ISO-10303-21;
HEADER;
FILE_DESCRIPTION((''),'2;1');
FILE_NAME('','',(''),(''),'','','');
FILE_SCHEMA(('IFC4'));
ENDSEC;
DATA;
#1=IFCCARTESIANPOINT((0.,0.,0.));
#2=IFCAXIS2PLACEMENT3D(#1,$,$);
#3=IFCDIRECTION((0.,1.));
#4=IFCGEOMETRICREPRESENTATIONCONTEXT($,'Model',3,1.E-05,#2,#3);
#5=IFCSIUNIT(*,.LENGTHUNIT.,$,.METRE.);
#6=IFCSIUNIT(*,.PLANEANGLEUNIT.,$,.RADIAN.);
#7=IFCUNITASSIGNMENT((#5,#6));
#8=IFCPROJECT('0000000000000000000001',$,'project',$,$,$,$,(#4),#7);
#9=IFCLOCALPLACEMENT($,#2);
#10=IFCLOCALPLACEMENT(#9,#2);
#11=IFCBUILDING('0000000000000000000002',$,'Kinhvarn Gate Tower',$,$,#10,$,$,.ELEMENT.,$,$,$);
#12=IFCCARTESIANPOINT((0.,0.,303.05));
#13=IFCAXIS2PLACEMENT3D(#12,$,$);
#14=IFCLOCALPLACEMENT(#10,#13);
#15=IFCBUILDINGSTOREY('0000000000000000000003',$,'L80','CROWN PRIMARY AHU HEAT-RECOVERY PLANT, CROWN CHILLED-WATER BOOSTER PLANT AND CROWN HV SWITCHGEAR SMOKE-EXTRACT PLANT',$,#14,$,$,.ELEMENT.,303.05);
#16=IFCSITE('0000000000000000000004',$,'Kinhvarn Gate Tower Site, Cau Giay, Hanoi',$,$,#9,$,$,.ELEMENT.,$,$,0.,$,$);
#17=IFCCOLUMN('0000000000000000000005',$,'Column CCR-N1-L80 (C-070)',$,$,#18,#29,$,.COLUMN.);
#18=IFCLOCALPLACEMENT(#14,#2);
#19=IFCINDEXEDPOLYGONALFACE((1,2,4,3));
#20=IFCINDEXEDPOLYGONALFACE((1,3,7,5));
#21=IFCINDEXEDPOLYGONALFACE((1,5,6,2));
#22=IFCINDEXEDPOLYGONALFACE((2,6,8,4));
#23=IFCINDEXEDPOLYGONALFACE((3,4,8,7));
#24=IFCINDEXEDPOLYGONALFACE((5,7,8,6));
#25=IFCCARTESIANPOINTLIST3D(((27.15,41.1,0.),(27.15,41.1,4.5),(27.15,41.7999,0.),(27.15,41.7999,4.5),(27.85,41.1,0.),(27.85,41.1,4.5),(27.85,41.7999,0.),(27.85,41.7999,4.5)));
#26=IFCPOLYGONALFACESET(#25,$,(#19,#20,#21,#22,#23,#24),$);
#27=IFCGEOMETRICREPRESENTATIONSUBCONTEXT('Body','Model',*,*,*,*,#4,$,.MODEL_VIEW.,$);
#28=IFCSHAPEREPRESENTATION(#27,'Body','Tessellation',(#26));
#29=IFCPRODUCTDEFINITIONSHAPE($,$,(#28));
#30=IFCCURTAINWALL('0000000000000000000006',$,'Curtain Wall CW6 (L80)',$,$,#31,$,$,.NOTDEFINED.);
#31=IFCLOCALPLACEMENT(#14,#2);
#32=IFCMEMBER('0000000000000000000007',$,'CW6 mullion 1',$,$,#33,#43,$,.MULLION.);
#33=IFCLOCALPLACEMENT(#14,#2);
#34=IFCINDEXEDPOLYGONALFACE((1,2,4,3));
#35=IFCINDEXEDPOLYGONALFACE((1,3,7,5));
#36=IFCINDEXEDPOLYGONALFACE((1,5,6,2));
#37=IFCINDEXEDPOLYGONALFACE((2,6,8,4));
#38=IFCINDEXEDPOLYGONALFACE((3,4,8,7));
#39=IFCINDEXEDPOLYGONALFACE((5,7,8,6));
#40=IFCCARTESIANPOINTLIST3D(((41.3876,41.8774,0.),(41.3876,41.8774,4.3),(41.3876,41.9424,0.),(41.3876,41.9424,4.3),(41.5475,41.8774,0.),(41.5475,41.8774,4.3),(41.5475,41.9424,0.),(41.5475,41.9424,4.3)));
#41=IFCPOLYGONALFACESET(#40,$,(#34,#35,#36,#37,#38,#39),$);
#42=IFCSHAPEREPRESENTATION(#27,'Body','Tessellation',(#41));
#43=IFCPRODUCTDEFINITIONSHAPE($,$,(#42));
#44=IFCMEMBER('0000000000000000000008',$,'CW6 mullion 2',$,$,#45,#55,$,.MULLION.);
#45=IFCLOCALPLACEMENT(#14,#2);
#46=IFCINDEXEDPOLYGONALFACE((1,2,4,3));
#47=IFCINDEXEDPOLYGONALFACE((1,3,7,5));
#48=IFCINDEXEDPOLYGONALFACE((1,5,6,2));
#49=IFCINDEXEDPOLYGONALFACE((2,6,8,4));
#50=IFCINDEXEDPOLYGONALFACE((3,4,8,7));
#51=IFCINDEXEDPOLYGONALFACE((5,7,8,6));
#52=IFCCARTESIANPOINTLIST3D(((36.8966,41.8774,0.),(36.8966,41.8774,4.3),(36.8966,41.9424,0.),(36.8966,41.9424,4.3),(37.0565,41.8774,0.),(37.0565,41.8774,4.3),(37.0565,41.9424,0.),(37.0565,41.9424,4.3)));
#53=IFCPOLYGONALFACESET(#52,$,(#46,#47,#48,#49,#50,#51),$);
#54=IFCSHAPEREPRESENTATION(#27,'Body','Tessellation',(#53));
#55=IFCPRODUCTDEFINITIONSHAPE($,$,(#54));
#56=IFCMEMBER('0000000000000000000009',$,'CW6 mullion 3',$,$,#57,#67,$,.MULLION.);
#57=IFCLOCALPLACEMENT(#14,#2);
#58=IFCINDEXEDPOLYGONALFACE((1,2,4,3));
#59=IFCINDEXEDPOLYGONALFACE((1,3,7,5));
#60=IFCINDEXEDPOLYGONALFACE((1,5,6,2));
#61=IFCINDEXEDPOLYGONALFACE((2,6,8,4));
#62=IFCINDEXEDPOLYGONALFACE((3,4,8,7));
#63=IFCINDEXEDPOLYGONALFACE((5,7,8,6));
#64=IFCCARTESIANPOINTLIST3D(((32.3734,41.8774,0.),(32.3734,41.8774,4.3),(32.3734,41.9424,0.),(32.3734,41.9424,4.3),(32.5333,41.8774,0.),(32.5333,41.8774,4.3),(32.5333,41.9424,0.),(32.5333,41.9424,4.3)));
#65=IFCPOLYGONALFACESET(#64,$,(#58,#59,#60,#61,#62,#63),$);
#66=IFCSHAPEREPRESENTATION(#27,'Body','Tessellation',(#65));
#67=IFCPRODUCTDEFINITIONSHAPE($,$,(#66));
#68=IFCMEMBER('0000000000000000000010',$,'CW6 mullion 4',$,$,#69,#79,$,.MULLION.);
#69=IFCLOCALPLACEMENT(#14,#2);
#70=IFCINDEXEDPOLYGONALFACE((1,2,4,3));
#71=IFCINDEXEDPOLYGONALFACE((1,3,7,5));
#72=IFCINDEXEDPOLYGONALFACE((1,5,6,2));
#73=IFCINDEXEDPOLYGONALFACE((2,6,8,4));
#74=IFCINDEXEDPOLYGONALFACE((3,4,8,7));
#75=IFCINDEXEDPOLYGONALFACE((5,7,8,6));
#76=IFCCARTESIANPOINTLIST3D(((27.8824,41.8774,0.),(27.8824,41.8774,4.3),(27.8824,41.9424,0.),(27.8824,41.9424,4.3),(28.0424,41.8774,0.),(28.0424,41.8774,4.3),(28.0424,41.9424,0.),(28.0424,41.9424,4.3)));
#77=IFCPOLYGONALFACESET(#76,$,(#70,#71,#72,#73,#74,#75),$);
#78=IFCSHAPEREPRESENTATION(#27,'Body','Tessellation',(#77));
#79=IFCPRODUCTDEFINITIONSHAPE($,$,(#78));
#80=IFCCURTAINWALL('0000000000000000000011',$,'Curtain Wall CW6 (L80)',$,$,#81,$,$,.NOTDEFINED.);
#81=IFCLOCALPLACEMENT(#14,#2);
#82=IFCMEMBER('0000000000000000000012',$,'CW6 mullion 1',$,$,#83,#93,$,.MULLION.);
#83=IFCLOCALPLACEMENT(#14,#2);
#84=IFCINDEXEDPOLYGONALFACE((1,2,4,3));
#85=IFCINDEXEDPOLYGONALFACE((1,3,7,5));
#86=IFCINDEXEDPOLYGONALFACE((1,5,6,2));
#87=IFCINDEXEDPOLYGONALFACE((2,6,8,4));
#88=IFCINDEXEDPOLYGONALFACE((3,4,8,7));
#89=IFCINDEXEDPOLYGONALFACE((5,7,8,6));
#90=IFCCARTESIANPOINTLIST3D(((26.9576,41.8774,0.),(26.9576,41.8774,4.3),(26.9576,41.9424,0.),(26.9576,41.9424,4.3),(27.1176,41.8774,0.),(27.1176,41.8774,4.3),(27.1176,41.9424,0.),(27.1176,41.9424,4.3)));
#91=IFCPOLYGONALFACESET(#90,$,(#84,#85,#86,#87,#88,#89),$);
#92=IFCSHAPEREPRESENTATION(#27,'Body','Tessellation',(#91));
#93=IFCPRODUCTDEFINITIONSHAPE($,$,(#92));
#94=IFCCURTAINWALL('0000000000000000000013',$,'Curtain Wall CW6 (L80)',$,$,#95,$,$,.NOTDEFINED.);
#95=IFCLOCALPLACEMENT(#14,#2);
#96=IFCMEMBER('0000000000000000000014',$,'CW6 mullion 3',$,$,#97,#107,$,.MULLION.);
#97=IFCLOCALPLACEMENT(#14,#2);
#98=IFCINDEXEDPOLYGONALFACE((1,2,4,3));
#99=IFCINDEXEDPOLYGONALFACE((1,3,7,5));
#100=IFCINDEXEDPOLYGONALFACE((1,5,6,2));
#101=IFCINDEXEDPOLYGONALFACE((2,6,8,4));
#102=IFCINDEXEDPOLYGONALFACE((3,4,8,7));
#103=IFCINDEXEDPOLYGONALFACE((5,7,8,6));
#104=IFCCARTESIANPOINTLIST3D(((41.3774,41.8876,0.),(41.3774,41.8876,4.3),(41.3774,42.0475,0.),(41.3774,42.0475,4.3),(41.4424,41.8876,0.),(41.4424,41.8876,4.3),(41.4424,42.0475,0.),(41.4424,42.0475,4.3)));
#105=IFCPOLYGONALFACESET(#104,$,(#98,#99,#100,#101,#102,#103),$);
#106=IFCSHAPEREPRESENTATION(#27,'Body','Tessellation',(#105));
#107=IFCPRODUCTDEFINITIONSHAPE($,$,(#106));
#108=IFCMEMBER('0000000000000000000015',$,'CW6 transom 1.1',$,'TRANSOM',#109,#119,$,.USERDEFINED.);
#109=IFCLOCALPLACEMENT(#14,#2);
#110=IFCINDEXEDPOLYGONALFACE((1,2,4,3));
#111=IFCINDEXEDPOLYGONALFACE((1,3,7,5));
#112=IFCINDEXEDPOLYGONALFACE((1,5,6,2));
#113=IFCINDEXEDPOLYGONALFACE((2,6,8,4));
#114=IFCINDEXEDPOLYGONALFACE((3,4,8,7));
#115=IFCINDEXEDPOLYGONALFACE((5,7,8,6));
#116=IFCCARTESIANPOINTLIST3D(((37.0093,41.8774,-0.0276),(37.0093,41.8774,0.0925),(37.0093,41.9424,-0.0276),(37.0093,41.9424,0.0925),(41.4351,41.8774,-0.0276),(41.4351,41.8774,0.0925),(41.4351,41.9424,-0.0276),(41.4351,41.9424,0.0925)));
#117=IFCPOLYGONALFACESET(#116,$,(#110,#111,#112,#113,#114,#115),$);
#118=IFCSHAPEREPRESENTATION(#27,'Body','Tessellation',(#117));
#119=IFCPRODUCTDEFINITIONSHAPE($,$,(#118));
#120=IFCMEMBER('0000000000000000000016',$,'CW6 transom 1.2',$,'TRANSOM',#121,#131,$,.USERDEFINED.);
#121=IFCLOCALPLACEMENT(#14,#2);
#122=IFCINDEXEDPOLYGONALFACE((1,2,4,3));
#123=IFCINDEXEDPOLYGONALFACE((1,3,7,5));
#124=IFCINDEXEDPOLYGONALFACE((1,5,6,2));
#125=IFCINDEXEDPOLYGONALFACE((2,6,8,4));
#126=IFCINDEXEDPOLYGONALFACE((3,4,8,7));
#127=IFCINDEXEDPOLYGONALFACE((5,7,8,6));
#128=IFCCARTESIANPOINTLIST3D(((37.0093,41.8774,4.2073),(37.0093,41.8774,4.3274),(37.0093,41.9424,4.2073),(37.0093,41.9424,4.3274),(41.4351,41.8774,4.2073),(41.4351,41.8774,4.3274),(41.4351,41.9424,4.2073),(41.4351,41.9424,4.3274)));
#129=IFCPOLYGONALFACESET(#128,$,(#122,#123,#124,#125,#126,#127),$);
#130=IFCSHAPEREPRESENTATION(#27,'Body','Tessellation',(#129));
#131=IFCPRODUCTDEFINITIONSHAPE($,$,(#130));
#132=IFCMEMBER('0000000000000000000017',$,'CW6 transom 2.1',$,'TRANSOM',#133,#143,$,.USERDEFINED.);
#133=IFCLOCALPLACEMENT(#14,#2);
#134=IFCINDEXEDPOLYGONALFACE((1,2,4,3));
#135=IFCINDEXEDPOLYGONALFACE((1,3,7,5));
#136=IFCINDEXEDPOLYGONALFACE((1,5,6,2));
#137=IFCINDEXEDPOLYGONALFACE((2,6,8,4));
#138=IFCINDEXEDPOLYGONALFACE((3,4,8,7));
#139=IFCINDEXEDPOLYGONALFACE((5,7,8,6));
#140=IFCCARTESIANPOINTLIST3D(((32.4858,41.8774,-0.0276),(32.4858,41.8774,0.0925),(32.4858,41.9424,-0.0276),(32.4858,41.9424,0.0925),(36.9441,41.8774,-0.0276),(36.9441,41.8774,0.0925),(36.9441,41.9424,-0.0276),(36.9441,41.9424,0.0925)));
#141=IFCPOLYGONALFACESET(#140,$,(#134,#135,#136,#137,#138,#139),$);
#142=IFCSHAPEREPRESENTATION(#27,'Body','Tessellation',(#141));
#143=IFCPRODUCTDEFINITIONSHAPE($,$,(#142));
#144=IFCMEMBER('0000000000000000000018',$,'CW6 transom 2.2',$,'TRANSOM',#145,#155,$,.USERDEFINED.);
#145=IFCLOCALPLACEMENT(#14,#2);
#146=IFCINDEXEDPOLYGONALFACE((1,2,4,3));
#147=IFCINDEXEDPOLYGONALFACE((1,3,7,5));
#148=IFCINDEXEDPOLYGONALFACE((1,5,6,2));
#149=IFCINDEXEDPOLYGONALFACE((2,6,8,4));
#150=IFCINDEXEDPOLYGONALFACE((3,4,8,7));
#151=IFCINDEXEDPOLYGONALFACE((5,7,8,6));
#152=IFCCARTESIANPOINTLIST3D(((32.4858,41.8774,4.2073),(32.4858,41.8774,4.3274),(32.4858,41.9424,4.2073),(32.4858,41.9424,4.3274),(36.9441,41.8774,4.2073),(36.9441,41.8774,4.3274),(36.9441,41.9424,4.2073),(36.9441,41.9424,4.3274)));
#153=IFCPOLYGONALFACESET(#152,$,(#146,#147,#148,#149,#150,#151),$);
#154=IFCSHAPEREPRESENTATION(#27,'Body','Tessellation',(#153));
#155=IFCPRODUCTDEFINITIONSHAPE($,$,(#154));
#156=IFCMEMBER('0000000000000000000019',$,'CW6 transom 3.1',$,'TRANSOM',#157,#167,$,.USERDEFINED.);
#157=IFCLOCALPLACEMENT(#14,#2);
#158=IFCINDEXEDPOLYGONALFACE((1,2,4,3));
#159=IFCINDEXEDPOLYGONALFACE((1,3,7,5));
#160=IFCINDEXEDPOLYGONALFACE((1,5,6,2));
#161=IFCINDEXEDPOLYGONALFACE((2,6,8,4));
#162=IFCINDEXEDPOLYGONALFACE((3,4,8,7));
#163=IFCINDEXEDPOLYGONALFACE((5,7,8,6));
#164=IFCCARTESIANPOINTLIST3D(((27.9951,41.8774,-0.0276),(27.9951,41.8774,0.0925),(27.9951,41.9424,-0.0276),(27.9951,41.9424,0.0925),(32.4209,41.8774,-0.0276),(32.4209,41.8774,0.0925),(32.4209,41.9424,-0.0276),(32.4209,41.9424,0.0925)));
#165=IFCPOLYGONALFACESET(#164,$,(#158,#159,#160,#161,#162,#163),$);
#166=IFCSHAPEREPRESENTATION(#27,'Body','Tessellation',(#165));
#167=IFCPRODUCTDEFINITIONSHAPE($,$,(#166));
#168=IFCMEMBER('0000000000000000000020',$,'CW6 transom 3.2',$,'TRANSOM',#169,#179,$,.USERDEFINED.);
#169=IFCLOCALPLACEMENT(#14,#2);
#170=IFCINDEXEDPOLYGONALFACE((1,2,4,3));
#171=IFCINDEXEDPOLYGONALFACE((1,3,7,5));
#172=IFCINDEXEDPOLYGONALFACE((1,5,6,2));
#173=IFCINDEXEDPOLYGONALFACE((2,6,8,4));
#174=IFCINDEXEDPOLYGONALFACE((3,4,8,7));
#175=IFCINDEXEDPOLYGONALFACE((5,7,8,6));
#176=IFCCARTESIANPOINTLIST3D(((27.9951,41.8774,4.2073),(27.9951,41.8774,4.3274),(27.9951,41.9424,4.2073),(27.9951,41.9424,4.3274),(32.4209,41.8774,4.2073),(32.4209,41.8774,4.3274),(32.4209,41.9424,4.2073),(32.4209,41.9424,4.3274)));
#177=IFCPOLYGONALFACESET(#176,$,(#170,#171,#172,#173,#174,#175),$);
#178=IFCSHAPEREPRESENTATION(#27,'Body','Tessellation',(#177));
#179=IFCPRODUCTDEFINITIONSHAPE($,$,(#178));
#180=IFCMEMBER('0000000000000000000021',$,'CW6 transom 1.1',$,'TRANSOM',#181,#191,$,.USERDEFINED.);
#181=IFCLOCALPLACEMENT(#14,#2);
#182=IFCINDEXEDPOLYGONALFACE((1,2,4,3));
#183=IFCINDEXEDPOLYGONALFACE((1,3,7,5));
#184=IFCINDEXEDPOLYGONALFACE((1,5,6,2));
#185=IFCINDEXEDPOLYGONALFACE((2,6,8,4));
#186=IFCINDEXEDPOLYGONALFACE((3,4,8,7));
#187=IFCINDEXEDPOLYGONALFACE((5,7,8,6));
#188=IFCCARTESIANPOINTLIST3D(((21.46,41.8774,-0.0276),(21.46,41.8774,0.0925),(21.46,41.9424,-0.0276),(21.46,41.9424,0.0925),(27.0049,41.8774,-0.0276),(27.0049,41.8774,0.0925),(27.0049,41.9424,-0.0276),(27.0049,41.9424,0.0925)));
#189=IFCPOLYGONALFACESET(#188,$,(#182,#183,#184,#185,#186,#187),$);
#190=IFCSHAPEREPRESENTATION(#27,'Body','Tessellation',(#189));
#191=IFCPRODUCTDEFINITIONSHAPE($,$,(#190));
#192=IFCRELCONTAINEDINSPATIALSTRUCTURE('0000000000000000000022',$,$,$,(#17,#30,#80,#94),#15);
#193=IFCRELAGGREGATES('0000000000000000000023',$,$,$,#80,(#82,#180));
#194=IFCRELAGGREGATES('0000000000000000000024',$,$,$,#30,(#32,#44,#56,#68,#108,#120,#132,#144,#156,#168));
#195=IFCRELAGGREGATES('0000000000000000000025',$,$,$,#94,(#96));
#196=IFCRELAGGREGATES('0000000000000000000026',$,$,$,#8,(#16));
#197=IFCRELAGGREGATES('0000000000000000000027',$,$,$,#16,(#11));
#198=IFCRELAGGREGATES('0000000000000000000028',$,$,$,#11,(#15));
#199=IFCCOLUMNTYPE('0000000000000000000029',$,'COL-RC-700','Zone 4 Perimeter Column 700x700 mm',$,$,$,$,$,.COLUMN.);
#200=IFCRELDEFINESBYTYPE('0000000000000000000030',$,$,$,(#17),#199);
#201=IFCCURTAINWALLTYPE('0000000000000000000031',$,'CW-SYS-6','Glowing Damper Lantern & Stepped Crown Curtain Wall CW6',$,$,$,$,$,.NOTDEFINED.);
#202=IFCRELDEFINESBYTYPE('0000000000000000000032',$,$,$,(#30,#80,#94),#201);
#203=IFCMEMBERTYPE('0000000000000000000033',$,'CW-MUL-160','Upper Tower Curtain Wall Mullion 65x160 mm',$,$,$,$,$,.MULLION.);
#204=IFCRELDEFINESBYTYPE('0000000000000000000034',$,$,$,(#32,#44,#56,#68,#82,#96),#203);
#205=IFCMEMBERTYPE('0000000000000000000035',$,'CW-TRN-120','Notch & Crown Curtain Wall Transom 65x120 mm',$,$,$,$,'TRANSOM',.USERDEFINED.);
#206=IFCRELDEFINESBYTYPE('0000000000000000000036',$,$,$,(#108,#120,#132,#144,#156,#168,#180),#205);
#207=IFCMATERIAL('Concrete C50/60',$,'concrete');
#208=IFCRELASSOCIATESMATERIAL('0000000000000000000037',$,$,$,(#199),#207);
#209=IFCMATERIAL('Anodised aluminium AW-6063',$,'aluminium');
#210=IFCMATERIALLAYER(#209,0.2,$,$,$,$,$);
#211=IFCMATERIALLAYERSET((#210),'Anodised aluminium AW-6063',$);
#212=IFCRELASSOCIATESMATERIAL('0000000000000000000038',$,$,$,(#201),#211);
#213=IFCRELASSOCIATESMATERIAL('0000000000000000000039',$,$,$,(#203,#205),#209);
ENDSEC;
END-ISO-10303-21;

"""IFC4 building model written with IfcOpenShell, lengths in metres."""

from ifc_helpers import new_model, si_unit, direction, frame, origin, origin_2d, place, context, subcontext, project, spatial, rectangle, extrude, material, layer, layer_set, material_profile, profile_set, type_object, element, aggregate, save


model = new_model("IFC4")

# Units and contexts
model_context = context("Model", 3, precision=1e-05, world=origin(), true_north=direction((0.0, 1.0)))
body_context = subcontext(model_context, "Body", "Model", "MODEL_VIEW")
ifc_project = project(units=[si_unit("LENGTHUNIT", "METRE"), si_unit("PLANEANGLEUNIT", "RADIAN")], contexts=[model_context])

# Site, building, storey
site_placement = place(None, origin())
site = spatial("IfcSite", under=ifc_project, at=site_placement, Name="Kinhvarn Gate Tower Site, Cau Giay, Hanoi", CompositionType="ELEMENT", RefElevation=0.0)
building_placement = place(site_placement, origin())
building = spatial("IfcBuilding", under=site, at=building_placement, Name="Kinhvarn Gate Tower", CompositionType="ELEMENT")
storey_placement = place(building_placement, frame((0.0, 0.0, 303.05)))
storey = spatial("IfcBuildingStorey", under=building, at=storey_placement, Name="L80", Description="CROWN PRIMARY AHU HEAT-RECOVERY PLANT, CROWN CHILLED-WATER BOOSTER PLANT AND CROWN HV SWITCHGEAR SMOKE-EXTRACT PLANT", CompositionType="ELEMENT", Elevation=303.05)

# Column
ifc_material_1 = material(Name="Concrete C50/60", Category="concrete")
ifc_material_profile_1 = material_profile(ifc_material_1, rectangle(XDim=0.7, YDim=0.7, at=origin_2d()), Name="RC 700x700")
ifc_profile_set_1 = profile_set([ifc_material_profile_1], Name="Concrete C50/60")
column_type = type_object("IfcColumnType", Name="COL-RC-700", Description="Zone 4 Perimeter Column 700x700 mm", PredefinedType="COLUMN", material=ifc_profile_set_1)
column_placement = place(storey_placement, frame((27.5, 41.45, 0.0), z_axis=(0.0, 0.0, 1.0), x_axis=(1.0, 0.0, 0.0)))
element("IfcColumn", 1, at=column_placement, inside=storey, type_object=column_type, Name="Column CCR-N1-L80 (C-070)", PredefinedType="COLUMN", context=body_context, shape_type="SweptSolid", body=[
    extrude(rectangle(XDim=0.7, YDim=0.7, at=origin_2d()), origin(), (0.0, 0.0, 1.0), 4.5),
])

# Curtain wall, members
ifc_material_2 = material(Name="Anodised aluminium AW-6063", Category="aluminium")
ifc_layer_1 = layer(ifc_material_2, 0.2)
ifc_layer_set_1 = layer_set([ifc_layer_1], Name="Anodised aluminium AW-6063")
curtain_wall_type = type_object("IfcCurtainWallType", Name="CW-SYS-6", Description="Glowing Damper Lantern & Stepped Crown Curtain Wall CW6", PredefinedType="NOTDEFINED", material=ifc_layer_set_1)
curtain_wall_1_placement = place(storey_placement, origin())
curtain_wall_1 = element("IfcCurtainWall", 2, at=curtain_wall_1_placement, inside=storey, type_object=curtain_wall_type, Name="Curtain Wall CW6 (L80)", PredefinedType="NOTDEFINED")
ifc_material_profile_2 = material_profile(ifc_material_2, rectangle(XDim=0.0649, YDim=0.1599, at=origin_2d()), Name="ALU 65x160")
ifc_profile_set_2 = profile_set([ifc_material_profile_2], Name="Anodised aluminium AW-6063")
member_type_1 = type_object("IfcMemberType", Name="CW-MUL-160", Description="Upper Tower Curtain Wall Mullion 65x160 mm", PredefinedType="MULLION", material=ifc_profile_set_2)
member_1_placement = place(storey_placement, frame((41.4675, 41.9099, 0.0), z_axis=(0.0, 0.0, 1.0), x_axis=(0.0, -1.0, 0.0)))
member_1 = element("IfcMember", 3, at=member_1_placement, type_object=member_type_1, Name="CW6 mullion 1", PredefinedType="MULLION", context=body_context, shape_type="SweptSolid", body=[
    extrude(rectangle(XDim=0.0649, YDim=0.1599, at=origin_2d()), origin(), (0.0, 0.0, 1.0), 4.3),
])
member_2_placement = place(storey_placement, frame((36.9766, 41.9099, 0.0), z_axis=(0.0, 0.0, 1.0), x_axis=(0.0, -1.0, 0.0)))
member_2 = element("IfcMember", 4, at=member_2_placement, type_object=member_type_1, Name="CW6 mullion 2", PredefinedType="MULLION", context=body_context, shape_type="SweptSolid", body=[
    extrude(rectangle(XDim=0.0649, YDim=0.1599, at=origin_2d()), origin(), (0.0, 0.0, 1.0), 4.3),
])
member_3_placement = place(storey_placement, frame((32.4534, 41.9099, 0.0), z_axis=(0.0, 0.0, 1.0), x_axis=(0.0, -1.0, 0.0)))
member_3 = element("IfcMember", 5, at=member_3_placement, type_object=member_type_1, Name="CW6 mullion 3", PredefinedType="MULLION", context=body_context, shape_type="SweptSolid", body=[
    extrude(rectangle(XDim=0.0649, YDim=0.1599, at=origin_2d()), origin(), (0.0, 0.0, 1.0), 4.3),
])
member_4_placement = place(storey_placement, frame((27.9624, 41.9099, 0.0), z_axis=(0.0, 0.0, 1.0), x_axis=(0.0, -1.0, 0.0)))
member_4 = element("IfcMember", 6, at=member_4_placement, type_object=member_type_1, Name="CW6 mullion 4", PredefinedType="MULLION", context=body_context, shape_type="SweptSolid", body=[
    extrude(rectangle(XDim=0.0649, YDim=0.1599, at=origin_2d()), origin(), (0.0, 0.0, 1.0), 4.3),
])

# Curtain walls, members
curtain_wall_2_placement = place(storey_placement, origin())
curtain_wall_2 = element("IfcCurtainWall", 7, at=curtain_wall_2_placement, inside=storey, type_object=curtain_wall_type, Name="Curtain Wall CW6 (L80)", PredefinedType="NOTDEFINED")
member_5_placement = place(storey_placement, frame((27.0376, 41.9099, 0.0), z_axis=(0.0, 0.0, 1.0), x_axis=(0.0, -1.0, 0.0)))
member_5 = element("IfcMember", 8, at=member_5_placement, type_object=member_type_1, Name="CW6 mullion 1", PredefinedType="MULLION", context=body_context, shape_type="SweptSolid", body=[
    extrude(rectangle(XDim=0.0649, YDim=0.1599, at=origin_2d()), origin(), (0.0, 0.0, 1.0), 4.3),
])
curtain_wall_3_placement = place(storey_placement, origin())
curtain_wall_3 = element("IfcCurtainWall", 9, at=curtain_wall_3_placement, inside=storey, type_object=curtain_wall_type, Name="Curtain Wall CW6 (L80)", PredefinedType="NOTDEFINED")
member_6_placement = place(storey_placement, frame((41.4099, 41.9675, 0.0), z_axis=(0.0, 0.0, 1.0), x_axis=(-1.0, 0.0, 0.0)))
member_6 = element("IfcMember", 10, at=member_6_placement, type_object=member_type_1, Name="CW6 mullion 3", PredefinedType="MULLION", context=body_context, shape_type="SweptSolid", body=[
    extrude(rectangle(XDim=0.0649, YDim=0.1599, at=origin_2d()), origin(), (0.0, 0.0, 1.0), 4.3),
])

# Members
ifc_material_profile_3 = material_profile(ifc_material_2, rectangle(XDim=0.0649, YDim=0.1201, at=origin_2d()), Name="ALU 65x120")
ifc_profile_set_3 = profile_set([ifc_material_profile_3], Name="Anodised aluminium AW-6063")
member_type_2 = type_object("IfcMemberType", Name="CW-TRN-120", Description="Notch & Crown Curtain Wall Transom 65x120 mm", ElementType="TRANSOM", PredefinedType="USERDEFINED", material=ifc_profile_set_3)
member_7_placement = place(storey_placement, frame((41.4351, 41.9099, 0.0325), z_axis=(-1.0, 0.0, 0.0), x_axis=(0.0, -1.0, 0.0)))
member_7 = element("IfcMember", 11, at=member_7_placement, type_object=member_type_2, Name="CW6 transom 1.1", ObjectType="TRANSOM", PredefinedType="USERDEFINED", context=body_context, shape_type="SweptSolid", body=[
    extrude(rectangle(XDim=0.0649, YDim=0.1201, at=origin_2d()), origin(), (0.0, 0.0, 1.0), 4.4258),
])
member_8_placement = place(storey_placement, frame((41.4351, 41.9099, 4.2673), z_axis=(-1.0, 0.0, 0.0), x_axis=(0.0, -1.0, 0.0)))
member_8 = element("IfcMember", 12, at=member_8_placement, type_object=member_type_2, Name="CW6 transom 1.2", ObjectType="TRANSOM", PredefinedType="USERDEFINED", context=body_context, shape_type="SweptSolid", body=[
    extrude(rectangle(XDim=0.0649, YDim=0.1201, at=origin_2d()), origin(), (0.0, 0.0, 1.0), 4.4258),
])
member_9_placement = place(storey_placement, frame((36.9441, 41.9099, 0.0325), z_axis=(-1.0, 0.0, 0.0), x_axis=(0.0, -1.0, 0.0)))
member_9 = element("IfcMember", 13, at=member_9_placement, type_object=member_type_2, Name="CW6 transom 2.1", ObjectType="TRANSOM", PredefinedType="USERDEFINED", context=body_context, shape_type="SweptSolid", body=[
    extrude(rectangle(XDim=0.0649, YDim=0.1201, at=origin_2d()), origin(), (0.0, 0.0, 1.0), 4.4583),
])
member_10_placement = place(storey_placement, frame((36.9441, 41.9099, 4.2673), z_axis=(-1.0, 0.0, 0.0), x_axis=(0.0, -1.0, 0.0)))
member_10 = element("IfcMember", 14, at=member_10_placement, type_object=member_type_2, Name="CW6 transom 2.2", ObjectType="TRANSOM", PredefinedType="USERDEFINED", context=body_context, shape_type="SweptSolid", body=[
    extrude(rectangle(XDim=0.0649, YDim=0.1201, at=origin_2d()), origin(), (0.0, 0.0, 1.0), 4.4583),
])
member_11_placement = place(storey_placement, frame((32.4209, 41.9099, 0.0325), z_axis=(-1.0, 0.0, 0.0), x_axis=(0.0, -1.0, 0.0)))
member_11 = element("IfcMember", 15, at=member_11_placement, type_object=member_type_2, Name="CW6 transom 3.1", ObjectType="TRANSOM", PredefinedType="USERDEFINED", context=body_context, shape_type="SweptSolid", body=[
    extrude(rectangle(XDim=0.0649, YDim=0.1201, at=origin_2d()), origin(), (0.0, 0.0, 1.0), 4.4258),
])
member_12_placement = place(storey_placement, frame((32.4209, 41.9099, 4.2673), z_axis=(-1.0, 0.0, 0.0), x_axis=(0.0, -1.0, 0.0)))
member_12 = element("IfcMember", 16, at=member_12_placement, type_object=member_type_2, Name="CW6 transom 3.2", ObjectType="TRANSOM", PredefinedType="USERDEFINED", context=body_context, shape_type="SweptSolid", body=[
    extrude(rectangle(XDim=0.0649, YDim=0.1201, at=origin_2d()), origin(), (0.0, 0.0, 1.0), 4.4258),
])
member_13_placement = place(storey_placement, frame((27.0049, 41.9099, 0.0325), z_axis=(-1.0, 0.0, 0.0), x_axis=(0.0, -1.0, 0.0)))
member_13 = element("IfcMember", 17, at=member_13_placement, type_object=member_type_2, Name="CW6 transom 1.1", ObjectType="TRANSOM", PredefinedType="USERDEFINED", context=body_context, shape_type="SweptSolid", body=[
    extrude(rectangle(XDim=0.0649, YDim=0.1201, at=origin_2d()), origin(), (0.0, 0.0, 1.0), 5.5449),
])
aggregate(curtain_wall_2, [member_5, member_13])

aggregate(curtain_wall_1, [member_1, member_2, member_3, member_4, member_7, member_8, member_9, member_10, member_11, member_12])
aggregate(curtain_wall_3, [member_6])

save(model, "model.ifc")
